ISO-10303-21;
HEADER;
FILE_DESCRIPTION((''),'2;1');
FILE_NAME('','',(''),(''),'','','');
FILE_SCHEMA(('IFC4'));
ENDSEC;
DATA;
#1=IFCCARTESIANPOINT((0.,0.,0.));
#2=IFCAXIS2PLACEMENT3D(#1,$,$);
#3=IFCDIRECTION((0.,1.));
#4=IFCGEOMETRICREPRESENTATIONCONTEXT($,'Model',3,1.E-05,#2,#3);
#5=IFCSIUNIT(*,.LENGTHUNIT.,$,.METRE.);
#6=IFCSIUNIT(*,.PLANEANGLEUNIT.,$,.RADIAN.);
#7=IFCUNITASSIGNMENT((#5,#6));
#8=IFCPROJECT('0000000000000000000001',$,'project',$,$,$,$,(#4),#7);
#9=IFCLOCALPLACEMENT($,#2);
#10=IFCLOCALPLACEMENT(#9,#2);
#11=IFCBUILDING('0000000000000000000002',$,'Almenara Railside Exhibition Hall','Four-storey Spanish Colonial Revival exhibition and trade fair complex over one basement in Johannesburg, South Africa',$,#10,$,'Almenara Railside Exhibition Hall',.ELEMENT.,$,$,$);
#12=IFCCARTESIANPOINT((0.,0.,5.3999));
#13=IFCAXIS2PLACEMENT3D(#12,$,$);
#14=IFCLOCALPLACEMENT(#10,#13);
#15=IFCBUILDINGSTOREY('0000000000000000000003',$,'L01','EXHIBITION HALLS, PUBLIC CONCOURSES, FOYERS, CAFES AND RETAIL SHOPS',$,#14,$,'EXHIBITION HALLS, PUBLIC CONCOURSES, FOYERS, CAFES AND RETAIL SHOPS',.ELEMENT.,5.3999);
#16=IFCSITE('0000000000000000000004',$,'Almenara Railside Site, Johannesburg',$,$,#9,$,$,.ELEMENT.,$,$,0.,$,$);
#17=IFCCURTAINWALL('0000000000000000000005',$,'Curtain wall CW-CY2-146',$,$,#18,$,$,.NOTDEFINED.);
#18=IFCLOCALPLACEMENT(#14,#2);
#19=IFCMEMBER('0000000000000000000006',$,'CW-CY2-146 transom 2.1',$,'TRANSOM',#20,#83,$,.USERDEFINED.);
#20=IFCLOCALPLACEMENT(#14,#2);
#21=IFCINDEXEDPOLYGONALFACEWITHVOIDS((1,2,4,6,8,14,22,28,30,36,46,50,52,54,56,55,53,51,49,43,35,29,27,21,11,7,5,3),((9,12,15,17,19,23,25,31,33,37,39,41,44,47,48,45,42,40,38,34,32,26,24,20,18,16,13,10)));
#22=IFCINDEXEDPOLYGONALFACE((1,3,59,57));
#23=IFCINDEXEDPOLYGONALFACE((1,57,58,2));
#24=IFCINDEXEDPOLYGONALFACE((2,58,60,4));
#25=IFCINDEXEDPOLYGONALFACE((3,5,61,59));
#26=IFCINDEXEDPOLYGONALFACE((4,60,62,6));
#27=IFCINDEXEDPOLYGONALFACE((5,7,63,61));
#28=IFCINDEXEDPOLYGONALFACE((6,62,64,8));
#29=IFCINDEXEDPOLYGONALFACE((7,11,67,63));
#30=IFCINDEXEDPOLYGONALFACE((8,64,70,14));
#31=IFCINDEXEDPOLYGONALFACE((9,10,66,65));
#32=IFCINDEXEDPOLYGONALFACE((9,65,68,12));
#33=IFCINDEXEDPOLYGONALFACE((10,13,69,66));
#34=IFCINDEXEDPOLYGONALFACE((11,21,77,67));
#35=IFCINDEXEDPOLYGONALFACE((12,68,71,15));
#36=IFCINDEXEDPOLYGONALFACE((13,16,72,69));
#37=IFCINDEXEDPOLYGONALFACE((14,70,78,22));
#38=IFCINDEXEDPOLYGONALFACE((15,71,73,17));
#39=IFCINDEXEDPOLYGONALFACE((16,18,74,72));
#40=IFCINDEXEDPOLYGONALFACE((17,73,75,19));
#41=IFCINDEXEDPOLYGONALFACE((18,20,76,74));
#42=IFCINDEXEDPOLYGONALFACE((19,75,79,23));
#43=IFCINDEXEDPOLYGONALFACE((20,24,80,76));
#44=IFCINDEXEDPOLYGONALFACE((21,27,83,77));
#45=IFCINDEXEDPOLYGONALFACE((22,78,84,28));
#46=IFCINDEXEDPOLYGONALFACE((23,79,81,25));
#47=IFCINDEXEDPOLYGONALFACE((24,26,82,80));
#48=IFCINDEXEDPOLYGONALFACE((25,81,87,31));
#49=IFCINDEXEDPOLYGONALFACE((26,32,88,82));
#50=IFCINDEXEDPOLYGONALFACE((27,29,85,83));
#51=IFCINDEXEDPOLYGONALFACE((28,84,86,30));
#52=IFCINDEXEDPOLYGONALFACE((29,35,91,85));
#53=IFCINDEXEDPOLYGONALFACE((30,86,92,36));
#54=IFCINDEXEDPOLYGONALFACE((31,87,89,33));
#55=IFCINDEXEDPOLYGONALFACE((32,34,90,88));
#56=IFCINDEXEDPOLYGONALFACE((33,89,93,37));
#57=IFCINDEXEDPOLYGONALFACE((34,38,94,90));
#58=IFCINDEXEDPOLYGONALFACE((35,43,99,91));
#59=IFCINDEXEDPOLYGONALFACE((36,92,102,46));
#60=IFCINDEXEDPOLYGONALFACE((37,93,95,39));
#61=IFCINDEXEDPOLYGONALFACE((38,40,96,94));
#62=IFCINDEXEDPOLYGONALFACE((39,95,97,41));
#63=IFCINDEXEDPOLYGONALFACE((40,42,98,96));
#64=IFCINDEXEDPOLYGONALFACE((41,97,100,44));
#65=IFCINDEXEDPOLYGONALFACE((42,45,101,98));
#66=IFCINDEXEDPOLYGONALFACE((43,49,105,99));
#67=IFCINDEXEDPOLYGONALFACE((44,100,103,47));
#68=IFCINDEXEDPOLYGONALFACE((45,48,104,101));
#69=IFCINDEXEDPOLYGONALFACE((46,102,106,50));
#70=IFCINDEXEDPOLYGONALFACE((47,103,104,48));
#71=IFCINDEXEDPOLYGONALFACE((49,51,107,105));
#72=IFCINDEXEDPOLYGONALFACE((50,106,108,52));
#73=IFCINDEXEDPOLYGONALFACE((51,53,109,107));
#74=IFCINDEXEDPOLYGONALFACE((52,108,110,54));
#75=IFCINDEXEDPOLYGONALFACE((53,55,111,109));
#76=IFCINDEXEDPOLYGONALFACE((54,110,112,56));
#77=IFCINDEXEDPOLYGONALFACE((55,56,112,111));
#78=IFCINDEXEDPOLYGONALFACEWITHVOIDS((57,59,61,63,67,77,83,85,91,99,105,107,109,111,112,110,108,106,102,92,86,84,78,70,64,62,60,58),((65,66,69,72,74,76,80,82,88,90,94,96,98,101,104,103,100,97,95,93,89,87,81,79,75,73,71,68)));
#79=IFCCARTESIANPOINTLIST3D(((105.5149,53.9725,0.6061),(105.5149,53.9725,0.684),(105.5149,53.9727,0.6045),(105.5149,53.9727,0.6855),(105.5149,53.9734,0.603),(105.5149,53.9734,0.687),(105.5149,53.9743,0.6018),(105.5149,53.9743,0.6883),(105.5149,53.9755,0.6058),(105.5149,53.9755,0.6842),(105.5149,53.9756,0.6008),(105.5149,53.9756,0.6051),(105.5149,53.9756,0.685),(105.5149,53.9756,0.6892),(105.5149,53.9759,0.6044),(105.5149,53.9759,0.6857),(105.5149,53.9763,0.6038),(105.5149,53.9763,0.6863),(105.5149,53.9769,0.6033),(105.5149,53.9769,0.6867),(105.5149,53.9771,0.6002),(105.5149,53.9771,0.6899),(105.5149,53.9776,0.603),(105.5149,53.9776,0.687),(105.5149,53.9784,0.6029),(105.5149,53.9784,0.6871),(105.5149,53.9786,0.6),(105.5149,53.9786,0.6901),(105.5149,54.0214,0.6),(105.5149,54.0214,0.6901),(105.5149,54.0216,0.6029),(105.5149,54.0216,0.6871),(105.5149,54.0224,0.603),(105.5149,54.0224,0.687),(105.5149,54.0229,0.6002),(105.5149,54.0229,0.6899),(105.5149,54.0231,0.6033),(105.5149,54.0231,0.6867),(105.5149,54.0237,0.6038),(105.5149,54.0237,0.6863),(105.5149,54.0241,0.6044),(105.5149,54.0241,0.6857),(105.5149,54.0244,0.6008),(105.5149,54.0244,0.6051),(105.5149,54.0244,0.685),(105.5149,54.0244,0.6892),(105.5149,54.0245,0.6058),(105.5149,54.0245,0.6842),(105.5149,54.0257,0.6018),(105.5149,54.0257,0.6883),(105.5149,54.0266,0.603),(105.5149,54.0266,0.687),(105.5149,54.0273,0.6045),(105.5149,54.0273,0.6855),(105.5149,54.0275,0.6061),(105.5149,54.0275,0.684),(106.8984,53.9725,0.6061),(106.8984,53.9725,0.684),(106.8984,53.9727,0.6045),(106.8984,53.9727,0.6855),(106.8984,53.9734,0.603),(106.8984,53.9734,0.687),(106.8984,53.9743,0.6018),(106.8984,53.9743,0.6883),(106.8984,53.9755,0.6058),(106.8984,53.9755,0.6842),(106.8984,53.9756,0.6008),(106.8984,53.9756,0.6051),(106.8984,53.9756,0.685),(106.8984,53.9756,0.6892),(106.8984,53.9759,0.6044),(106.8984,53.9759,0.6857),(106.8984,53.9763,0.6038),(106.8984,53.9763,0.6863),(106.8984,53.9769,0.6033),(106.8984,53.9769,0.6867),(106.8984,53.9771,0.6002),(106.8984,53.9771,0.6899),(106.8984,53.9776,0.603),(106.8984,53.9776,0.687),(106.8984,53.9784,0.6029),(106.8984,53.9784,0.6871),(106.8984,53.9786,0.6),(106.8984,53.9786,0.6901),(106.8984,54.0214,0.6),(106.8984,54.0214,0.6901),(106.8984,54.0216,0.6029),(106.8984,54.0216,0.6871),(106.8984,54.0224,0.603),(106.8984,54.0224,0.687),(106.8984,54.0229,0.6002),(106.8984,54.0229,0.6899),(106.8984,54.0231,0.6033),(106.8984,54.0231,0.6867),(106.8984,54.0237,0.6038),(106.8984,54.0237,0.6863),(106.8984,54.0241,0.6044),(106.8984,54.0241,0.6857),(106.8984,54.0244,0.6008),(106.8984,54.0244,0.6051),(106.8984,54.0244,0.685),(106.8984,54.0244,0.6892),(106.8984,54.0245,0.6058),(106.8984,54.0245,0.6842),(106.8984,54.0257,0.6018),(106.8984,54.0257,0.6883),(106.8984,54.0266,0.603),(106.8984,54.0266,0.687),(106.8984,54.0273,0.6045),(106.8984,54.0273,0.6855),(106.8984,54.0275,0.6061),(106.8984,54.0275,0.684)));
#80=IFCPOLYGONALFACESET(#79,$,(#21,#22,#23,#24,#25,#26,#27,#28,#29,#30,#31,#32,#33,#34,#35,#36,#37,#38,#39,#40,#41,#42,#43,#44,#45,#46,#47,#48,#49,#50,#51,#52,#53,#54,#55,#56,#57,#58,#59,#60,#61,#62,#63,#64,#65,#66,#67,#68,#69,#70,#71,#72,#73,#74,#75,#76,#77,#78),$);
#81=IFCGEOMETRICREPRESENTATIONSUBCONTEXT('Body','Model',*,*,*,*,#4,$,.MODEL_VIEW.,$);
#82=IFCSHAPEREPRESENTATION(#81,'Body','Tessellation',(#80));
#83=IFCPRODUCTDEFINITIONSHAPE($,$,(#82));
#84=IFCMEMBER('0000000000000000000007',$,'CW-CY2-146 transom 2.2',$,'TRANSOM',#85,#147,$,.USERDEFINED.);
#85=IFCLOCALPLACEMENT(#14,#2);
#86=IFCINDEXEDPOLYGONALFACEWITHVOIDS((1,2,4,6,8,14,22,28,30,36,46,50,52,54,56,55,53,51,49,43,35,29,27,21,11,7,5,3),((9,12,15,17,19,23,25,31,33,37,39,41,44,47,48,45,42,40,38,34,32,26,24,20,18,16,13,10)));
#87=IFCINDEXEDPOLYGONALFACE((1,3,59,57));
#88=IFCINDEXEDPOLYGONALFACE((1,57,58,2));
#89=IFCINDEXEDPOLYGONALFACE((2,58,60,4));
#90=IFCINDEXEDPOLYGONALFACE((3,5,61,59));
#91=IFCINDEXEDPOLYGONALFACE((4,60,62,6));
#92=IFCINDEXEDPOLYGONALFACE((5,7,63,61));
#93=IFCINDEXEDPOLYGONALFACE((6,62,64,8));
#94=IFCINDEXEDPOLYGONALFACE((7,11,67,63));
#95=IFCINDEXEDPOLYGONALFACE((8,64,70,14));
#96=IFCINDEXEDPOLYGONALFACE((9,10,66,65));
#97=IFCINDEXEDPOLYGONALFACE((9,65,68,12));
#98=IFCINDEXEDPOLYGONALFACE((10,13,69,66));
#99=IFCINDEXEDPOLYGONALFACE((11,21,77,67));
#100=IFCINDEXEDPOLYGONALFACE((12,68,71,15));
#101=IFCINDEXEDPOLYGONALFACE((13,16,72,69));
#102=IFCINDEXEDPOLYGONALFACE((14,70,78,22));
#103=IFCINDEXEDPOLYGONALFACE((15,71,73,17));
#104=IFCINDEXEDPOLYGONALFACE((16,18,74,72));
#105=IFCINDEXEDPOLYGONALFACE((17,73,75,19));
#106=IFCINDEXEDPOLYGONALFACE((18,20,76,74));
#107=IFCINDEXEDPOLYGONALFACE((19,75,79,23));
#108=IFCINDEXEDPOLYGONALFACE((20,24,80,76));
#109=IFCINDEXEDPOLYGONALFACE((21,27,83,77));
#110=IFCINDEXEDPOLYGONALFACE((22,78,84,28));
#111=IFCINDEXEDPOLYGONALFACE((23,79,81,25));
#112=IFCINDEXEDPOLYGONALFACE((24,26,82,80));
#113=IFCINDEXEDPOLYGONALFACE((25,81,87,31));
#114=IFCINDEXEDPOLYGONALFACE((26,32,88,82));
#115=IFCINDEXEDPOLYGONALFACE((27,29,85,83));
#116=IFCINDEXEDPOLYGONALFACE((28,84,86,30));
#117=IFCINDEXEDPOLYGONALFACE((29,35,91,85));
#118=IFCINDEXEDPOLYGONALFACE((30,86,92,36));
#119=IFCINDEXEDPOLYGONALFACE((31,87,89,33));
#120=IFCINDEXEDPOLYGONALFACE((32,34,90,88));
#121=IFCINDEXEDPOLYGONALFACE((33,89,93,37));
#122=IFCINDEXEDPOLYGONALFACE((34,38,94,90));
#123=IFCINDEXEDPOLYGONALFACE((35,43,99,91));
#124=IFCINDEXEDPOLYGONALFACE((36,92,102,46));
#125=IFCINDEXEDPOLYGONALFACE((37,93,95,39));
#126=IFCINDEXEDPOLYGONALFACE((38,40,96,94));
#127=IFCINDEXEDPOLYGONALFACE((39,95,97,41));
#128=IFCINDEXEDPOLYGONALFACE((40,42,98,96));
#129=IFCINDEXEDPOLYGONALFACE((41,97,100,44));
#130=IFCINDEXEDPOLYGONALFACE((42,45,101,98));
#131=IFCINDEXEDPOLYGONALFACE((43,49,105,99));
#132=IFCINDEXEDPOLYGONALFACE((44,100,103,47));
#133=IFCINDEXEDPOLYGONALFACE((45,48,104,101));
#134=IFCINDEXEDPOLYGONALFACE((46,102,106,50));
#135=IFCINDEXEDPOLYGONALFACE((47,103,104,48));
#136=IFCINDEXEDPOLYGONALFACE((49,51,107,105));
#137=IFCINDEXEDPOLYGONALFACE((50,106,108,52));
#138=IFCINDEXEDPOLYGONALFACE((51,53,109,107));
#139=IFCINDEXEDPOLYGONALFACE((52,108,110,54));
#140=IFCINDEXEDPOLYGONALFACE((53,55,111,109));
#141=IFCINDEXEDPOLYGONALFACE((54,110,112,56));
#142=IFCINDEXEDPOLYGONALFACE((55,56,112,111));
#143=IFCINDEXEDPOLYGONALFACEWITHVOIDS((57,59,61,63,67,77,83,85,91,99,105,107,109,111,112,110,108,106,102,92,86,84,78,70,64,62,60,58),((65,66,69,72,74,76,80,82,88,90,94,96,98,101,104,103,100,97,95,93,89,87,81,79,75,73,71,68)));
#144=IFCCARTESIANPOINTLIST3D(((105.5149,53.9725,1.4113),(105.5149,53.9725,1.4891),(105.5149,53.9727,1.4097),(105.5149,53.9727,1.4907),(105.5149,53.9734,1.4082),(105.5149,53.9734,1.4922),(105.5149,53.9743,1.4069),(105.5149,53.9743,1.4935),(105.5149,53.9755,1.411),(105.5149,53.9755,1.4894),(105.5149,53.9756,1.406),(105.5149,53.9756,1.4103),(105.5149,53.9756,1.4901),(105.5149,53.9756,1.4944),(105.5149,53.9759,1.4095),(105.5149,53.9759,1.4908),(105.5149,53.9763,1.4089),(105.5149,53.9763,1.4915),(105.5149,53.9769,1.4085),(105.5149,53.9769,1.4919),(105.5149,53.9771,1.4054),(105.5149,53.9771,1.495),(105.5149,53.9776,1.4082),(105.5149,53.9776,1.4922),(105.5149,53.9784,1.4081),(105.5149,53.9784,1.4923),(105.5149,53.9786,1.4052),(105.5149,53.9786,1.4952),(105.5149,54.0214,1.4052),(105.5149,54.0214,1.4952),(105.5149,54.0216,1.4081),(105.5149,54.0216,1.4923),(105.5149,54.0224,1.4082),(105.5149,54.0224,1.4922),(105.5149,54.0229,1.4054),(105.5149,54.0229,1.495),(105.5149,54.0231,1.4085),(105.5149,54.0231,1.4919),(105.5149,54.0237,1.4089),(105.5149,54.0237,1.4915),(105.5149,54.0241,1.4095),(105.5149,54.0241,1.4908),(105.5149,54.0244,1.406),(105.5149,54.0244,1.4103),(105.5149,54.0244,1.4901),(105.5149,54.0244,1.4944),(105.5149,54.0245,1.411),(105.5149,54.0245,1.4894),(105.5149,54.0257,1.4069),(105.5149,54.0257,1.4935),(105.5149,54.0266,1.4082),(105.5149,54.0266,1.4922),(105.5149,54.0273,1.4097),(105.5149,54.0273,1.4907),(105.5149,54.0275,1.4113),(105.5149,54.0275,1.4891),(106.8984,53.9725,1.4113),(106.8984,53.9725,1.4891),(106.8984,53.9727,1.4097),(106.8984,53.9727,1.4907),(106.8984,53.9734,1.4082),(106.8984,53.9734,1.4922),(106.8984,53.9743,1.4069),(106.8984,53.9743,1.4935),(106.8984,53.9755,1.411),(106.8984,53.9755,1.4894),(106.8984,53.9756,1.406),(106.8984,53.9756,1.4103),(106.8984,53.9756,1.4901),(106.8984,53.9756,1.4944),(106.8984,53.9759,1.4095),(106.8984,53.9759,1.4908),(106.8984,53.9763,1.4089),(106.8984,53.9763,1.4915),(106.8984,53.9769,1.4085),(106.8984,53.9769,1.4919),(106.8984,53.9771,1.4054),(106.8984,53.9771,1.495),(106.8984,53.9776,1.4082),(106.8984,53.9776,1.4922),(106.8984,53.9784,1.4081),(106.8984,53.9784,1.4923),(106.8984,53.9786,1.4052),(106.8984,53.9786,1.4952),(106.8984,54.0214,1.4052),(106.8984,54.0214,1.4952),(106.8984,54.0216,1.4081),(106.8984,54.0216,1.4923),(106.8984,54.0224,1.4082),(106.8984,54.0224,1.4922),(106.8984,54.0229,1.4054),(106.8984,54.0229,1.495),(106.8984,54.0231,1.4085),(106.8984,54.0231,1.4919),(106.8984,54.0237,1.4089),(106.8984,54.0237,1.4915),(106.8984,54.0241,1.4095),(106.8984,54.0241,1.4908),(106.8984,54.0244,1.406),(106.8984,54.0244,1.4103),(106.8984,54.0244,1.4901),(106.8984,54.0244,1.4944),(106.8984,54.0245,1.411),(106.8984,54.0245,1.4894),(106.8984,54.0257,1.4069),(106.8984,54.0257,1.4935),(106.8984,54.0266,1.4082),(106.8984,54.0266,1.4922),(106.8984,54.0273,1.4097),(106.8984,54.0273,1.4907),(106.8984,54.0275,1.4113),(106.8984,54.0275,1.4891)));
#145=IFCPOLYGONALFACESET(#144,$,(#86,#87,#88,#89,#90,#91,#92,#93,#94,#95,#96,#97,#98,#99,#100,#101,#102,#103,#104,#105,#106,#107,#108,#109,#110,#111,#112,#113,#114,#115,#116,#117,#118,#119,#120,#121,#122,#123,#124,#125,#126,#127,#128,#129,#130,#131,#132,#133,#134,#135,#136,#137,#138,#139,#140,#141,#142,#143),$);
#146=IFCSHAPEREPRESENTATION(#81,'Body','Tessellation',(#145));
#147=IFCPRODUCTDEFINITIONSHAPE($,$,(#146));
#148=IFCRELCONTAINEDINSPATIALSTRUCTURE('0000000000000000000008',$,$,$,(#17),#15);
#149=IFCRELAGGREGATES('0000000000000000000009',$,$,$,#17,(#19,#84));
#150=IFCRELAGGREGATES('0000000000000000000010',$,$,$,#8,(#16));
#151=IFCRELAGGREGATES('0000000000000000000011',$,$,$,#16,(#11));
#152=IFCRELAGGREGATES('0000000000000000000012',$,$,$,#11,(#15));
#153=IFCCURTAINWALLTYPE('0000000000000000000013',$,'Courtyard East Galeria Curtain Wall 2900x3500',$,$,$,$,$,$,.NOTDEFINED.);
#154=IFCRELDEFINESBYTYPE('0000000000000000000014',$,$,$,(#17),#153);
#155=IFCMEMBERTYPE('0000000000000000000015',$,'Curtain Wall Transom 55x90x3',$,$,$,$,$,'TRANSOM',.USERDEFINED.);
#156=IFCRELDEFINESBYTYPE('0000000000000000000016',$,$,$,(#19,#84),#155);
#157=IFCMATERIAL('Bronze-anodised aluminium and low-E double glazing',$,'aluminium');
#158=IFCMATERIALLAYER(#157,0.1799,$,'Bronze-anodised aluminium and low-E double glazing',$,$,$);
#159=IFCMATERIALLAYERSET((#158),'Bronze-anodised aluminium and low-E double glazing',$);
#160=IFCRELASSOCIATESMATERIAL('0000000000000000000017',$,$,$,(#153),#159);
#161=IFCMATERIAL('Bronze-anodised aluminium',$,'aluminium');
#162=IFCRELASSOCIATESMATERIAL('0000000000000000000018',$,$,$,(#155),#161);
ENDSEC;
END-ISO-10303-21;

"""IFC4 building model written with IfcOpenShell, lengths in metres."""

from ifc_helpers import new_model, si_unit, direction, frame, origin, origin_2d, place, context, subcontext, project, spatial, hollow_rectangle, extrude, material, layer, layer_set, material_profile, profile_set, type_object, element, aggregate, save


model = new_model("IFC4")

# Units and contexts
model_context = context("Model", 3, precision=1e-05, world=origin(), true_north=direction((0.0, 1.0)))
body_context = subcontext(model_context, "Body", "Model", "MODEL_VIEW")
ifc_project = project(units=[si_unit("LENGTHUNIT", "METRE"), si_unit("PLANEANGLEUNIT", "RADIAN")], contexts=[model_context])

# Site, building, storey
site_placement = place(None, origin())
site = spatial("IfcSite", under=ifc_project, at=site_placement, Name="Almenara Railside Site, Johannesburg", CompositionType="ELEMENT", RefElevation=0.0)
building_placement = place(site_placement, origin())
building = spatial("IfcBuilding", under=site, at=building_placement, Name="Almenara Railside Exhibition Hall", Description="Four-storey Spanish Colonial Revival exhibition and trade fair complex over one basement in Johannesburg, South Africa", LongName="Almenara Railside Exhibition Hall", CompositionType="ELEMENT")
storey_placement = place(building_placement, frame((0.0, 0.0, 5.3999)))
storey = spatial("IfcBuildingStorey", under=building, at=storey_placement, Name="L01", Description="EXHIBITION HALLS, PUBLIC CONCOURSES, FOYERS, CAFES AND RETAIL SHOPS", LongName="EXHIBITION HALLS, PUBLIC CONCOURSES, FOYERS, CAFES AND RETAIL SHOPS", CompositionType="ELEMENT", Elevation=5.3999)

# Curtain wall
ifc_material_1 = material(Name="Bronze-anodised aluminium and low-E double glazing", Category="aluminium")
ifc_layer_1 = layer(ifc_material_1, 0.1799, Name="Bronze-anodised aluminium and low-E double glazing")
ifc_layer_set_1 = layer_set([ifc_layer_1], Name="Bronze-anodised aluminium and low-E double glazing")
curtain_wall_type = type_object("IfcCurtainWallType", Name="Courtyard East Galeria Curtain Wall 2900x3500", PredefinedType="NOTDEFINED", material=ifc_layer_set_1)
curtain_wall_1_placement = place(storey_placement, origin())
curtain_wall_1 = element("IfcCurtainWall", 1, at=curtain_wall_1_placement, inside=storey, type_object=curtain_wall_type, Name="Curtain wall CW-CY2-146", PredefinedType="NOTDEFINED")
ifc_material_2 = material(Name="Bronze-anodised aluminium", Category="aluminium")

# Members
ifc_material_profile_1 = material_profile(ifc_material_2, hollow_rectangle(XDim=0.0549, YDim=0.0901, WallThickness=0.0029, InnerFilletRadius=0.0029, OuterFilletRadius=0.0061, at=origin_2d()), Name="ALU-TRN 55x90x3")
ifc_profile_set_1 = profile_set([ifc_material_profile_1], Name="Bronze-anodised aluminium")
member_type_1 = type_object("IfcMemberType", Name="Curtain Wall Transom 55x90x3", ElementType="TRANSOM", PredefinedType="USERDEFINED", material=ifc_profile_set_1)
member_1_placement = place(storey_placement, frame((105.5149, 54.0, 0.645), z_axis=(1.0, 0.0, 0.0), x_axis=(0.0, 1.0, 0.0)))
member_1 = element("IfcMember", 2, at=member_1_placement, type_object=member_type_1, Name="CW-CY2-146 transom 2.1", ObjectType="TRANSOM", PredefinedType="USERDEFINED", context=body_context, shape_type="SweptSolid", body=[
    extrude(hollow_rectangle(XDim=0.0549, YDim=0.0901, WallThickness=0.0029, InnerFilletRadius=0.0029, OuterFilletRadius=0.0061, at=origin_2d()), origin(), (0.0, 0.0, 1.0), 1.3835),
])
member_2_placement = place(storey_placement, frame((105.5149, 54.0, 1.4502), z_axis=(1.0, 0.0, 0.0), x_axis=(0.0, 1.0, 0.0)))
member_2 = element("IfcMember", 3, at=member_2_placement, type_object=member_type_1, Name="CW-CY2-146 transom 2.2", ObjectType="TRANSOM", PredefinedType="USERDEFINED", context=body_context, shape_type="SweptSolid", body=[
    extrude(hollow_rectangle(XDim=0.0549, YDim=0.0901, WallThickness=0.0029, InnerFilletRadius=0.0029, OuterFilletRadius=0.0061, at=origin_2d()), origin(), (0.0, 0.0, 1.0), 1.3835),
])

aggregate(curtain_wall_1, [member_1, member_2])

save(model, "model.ifc")
